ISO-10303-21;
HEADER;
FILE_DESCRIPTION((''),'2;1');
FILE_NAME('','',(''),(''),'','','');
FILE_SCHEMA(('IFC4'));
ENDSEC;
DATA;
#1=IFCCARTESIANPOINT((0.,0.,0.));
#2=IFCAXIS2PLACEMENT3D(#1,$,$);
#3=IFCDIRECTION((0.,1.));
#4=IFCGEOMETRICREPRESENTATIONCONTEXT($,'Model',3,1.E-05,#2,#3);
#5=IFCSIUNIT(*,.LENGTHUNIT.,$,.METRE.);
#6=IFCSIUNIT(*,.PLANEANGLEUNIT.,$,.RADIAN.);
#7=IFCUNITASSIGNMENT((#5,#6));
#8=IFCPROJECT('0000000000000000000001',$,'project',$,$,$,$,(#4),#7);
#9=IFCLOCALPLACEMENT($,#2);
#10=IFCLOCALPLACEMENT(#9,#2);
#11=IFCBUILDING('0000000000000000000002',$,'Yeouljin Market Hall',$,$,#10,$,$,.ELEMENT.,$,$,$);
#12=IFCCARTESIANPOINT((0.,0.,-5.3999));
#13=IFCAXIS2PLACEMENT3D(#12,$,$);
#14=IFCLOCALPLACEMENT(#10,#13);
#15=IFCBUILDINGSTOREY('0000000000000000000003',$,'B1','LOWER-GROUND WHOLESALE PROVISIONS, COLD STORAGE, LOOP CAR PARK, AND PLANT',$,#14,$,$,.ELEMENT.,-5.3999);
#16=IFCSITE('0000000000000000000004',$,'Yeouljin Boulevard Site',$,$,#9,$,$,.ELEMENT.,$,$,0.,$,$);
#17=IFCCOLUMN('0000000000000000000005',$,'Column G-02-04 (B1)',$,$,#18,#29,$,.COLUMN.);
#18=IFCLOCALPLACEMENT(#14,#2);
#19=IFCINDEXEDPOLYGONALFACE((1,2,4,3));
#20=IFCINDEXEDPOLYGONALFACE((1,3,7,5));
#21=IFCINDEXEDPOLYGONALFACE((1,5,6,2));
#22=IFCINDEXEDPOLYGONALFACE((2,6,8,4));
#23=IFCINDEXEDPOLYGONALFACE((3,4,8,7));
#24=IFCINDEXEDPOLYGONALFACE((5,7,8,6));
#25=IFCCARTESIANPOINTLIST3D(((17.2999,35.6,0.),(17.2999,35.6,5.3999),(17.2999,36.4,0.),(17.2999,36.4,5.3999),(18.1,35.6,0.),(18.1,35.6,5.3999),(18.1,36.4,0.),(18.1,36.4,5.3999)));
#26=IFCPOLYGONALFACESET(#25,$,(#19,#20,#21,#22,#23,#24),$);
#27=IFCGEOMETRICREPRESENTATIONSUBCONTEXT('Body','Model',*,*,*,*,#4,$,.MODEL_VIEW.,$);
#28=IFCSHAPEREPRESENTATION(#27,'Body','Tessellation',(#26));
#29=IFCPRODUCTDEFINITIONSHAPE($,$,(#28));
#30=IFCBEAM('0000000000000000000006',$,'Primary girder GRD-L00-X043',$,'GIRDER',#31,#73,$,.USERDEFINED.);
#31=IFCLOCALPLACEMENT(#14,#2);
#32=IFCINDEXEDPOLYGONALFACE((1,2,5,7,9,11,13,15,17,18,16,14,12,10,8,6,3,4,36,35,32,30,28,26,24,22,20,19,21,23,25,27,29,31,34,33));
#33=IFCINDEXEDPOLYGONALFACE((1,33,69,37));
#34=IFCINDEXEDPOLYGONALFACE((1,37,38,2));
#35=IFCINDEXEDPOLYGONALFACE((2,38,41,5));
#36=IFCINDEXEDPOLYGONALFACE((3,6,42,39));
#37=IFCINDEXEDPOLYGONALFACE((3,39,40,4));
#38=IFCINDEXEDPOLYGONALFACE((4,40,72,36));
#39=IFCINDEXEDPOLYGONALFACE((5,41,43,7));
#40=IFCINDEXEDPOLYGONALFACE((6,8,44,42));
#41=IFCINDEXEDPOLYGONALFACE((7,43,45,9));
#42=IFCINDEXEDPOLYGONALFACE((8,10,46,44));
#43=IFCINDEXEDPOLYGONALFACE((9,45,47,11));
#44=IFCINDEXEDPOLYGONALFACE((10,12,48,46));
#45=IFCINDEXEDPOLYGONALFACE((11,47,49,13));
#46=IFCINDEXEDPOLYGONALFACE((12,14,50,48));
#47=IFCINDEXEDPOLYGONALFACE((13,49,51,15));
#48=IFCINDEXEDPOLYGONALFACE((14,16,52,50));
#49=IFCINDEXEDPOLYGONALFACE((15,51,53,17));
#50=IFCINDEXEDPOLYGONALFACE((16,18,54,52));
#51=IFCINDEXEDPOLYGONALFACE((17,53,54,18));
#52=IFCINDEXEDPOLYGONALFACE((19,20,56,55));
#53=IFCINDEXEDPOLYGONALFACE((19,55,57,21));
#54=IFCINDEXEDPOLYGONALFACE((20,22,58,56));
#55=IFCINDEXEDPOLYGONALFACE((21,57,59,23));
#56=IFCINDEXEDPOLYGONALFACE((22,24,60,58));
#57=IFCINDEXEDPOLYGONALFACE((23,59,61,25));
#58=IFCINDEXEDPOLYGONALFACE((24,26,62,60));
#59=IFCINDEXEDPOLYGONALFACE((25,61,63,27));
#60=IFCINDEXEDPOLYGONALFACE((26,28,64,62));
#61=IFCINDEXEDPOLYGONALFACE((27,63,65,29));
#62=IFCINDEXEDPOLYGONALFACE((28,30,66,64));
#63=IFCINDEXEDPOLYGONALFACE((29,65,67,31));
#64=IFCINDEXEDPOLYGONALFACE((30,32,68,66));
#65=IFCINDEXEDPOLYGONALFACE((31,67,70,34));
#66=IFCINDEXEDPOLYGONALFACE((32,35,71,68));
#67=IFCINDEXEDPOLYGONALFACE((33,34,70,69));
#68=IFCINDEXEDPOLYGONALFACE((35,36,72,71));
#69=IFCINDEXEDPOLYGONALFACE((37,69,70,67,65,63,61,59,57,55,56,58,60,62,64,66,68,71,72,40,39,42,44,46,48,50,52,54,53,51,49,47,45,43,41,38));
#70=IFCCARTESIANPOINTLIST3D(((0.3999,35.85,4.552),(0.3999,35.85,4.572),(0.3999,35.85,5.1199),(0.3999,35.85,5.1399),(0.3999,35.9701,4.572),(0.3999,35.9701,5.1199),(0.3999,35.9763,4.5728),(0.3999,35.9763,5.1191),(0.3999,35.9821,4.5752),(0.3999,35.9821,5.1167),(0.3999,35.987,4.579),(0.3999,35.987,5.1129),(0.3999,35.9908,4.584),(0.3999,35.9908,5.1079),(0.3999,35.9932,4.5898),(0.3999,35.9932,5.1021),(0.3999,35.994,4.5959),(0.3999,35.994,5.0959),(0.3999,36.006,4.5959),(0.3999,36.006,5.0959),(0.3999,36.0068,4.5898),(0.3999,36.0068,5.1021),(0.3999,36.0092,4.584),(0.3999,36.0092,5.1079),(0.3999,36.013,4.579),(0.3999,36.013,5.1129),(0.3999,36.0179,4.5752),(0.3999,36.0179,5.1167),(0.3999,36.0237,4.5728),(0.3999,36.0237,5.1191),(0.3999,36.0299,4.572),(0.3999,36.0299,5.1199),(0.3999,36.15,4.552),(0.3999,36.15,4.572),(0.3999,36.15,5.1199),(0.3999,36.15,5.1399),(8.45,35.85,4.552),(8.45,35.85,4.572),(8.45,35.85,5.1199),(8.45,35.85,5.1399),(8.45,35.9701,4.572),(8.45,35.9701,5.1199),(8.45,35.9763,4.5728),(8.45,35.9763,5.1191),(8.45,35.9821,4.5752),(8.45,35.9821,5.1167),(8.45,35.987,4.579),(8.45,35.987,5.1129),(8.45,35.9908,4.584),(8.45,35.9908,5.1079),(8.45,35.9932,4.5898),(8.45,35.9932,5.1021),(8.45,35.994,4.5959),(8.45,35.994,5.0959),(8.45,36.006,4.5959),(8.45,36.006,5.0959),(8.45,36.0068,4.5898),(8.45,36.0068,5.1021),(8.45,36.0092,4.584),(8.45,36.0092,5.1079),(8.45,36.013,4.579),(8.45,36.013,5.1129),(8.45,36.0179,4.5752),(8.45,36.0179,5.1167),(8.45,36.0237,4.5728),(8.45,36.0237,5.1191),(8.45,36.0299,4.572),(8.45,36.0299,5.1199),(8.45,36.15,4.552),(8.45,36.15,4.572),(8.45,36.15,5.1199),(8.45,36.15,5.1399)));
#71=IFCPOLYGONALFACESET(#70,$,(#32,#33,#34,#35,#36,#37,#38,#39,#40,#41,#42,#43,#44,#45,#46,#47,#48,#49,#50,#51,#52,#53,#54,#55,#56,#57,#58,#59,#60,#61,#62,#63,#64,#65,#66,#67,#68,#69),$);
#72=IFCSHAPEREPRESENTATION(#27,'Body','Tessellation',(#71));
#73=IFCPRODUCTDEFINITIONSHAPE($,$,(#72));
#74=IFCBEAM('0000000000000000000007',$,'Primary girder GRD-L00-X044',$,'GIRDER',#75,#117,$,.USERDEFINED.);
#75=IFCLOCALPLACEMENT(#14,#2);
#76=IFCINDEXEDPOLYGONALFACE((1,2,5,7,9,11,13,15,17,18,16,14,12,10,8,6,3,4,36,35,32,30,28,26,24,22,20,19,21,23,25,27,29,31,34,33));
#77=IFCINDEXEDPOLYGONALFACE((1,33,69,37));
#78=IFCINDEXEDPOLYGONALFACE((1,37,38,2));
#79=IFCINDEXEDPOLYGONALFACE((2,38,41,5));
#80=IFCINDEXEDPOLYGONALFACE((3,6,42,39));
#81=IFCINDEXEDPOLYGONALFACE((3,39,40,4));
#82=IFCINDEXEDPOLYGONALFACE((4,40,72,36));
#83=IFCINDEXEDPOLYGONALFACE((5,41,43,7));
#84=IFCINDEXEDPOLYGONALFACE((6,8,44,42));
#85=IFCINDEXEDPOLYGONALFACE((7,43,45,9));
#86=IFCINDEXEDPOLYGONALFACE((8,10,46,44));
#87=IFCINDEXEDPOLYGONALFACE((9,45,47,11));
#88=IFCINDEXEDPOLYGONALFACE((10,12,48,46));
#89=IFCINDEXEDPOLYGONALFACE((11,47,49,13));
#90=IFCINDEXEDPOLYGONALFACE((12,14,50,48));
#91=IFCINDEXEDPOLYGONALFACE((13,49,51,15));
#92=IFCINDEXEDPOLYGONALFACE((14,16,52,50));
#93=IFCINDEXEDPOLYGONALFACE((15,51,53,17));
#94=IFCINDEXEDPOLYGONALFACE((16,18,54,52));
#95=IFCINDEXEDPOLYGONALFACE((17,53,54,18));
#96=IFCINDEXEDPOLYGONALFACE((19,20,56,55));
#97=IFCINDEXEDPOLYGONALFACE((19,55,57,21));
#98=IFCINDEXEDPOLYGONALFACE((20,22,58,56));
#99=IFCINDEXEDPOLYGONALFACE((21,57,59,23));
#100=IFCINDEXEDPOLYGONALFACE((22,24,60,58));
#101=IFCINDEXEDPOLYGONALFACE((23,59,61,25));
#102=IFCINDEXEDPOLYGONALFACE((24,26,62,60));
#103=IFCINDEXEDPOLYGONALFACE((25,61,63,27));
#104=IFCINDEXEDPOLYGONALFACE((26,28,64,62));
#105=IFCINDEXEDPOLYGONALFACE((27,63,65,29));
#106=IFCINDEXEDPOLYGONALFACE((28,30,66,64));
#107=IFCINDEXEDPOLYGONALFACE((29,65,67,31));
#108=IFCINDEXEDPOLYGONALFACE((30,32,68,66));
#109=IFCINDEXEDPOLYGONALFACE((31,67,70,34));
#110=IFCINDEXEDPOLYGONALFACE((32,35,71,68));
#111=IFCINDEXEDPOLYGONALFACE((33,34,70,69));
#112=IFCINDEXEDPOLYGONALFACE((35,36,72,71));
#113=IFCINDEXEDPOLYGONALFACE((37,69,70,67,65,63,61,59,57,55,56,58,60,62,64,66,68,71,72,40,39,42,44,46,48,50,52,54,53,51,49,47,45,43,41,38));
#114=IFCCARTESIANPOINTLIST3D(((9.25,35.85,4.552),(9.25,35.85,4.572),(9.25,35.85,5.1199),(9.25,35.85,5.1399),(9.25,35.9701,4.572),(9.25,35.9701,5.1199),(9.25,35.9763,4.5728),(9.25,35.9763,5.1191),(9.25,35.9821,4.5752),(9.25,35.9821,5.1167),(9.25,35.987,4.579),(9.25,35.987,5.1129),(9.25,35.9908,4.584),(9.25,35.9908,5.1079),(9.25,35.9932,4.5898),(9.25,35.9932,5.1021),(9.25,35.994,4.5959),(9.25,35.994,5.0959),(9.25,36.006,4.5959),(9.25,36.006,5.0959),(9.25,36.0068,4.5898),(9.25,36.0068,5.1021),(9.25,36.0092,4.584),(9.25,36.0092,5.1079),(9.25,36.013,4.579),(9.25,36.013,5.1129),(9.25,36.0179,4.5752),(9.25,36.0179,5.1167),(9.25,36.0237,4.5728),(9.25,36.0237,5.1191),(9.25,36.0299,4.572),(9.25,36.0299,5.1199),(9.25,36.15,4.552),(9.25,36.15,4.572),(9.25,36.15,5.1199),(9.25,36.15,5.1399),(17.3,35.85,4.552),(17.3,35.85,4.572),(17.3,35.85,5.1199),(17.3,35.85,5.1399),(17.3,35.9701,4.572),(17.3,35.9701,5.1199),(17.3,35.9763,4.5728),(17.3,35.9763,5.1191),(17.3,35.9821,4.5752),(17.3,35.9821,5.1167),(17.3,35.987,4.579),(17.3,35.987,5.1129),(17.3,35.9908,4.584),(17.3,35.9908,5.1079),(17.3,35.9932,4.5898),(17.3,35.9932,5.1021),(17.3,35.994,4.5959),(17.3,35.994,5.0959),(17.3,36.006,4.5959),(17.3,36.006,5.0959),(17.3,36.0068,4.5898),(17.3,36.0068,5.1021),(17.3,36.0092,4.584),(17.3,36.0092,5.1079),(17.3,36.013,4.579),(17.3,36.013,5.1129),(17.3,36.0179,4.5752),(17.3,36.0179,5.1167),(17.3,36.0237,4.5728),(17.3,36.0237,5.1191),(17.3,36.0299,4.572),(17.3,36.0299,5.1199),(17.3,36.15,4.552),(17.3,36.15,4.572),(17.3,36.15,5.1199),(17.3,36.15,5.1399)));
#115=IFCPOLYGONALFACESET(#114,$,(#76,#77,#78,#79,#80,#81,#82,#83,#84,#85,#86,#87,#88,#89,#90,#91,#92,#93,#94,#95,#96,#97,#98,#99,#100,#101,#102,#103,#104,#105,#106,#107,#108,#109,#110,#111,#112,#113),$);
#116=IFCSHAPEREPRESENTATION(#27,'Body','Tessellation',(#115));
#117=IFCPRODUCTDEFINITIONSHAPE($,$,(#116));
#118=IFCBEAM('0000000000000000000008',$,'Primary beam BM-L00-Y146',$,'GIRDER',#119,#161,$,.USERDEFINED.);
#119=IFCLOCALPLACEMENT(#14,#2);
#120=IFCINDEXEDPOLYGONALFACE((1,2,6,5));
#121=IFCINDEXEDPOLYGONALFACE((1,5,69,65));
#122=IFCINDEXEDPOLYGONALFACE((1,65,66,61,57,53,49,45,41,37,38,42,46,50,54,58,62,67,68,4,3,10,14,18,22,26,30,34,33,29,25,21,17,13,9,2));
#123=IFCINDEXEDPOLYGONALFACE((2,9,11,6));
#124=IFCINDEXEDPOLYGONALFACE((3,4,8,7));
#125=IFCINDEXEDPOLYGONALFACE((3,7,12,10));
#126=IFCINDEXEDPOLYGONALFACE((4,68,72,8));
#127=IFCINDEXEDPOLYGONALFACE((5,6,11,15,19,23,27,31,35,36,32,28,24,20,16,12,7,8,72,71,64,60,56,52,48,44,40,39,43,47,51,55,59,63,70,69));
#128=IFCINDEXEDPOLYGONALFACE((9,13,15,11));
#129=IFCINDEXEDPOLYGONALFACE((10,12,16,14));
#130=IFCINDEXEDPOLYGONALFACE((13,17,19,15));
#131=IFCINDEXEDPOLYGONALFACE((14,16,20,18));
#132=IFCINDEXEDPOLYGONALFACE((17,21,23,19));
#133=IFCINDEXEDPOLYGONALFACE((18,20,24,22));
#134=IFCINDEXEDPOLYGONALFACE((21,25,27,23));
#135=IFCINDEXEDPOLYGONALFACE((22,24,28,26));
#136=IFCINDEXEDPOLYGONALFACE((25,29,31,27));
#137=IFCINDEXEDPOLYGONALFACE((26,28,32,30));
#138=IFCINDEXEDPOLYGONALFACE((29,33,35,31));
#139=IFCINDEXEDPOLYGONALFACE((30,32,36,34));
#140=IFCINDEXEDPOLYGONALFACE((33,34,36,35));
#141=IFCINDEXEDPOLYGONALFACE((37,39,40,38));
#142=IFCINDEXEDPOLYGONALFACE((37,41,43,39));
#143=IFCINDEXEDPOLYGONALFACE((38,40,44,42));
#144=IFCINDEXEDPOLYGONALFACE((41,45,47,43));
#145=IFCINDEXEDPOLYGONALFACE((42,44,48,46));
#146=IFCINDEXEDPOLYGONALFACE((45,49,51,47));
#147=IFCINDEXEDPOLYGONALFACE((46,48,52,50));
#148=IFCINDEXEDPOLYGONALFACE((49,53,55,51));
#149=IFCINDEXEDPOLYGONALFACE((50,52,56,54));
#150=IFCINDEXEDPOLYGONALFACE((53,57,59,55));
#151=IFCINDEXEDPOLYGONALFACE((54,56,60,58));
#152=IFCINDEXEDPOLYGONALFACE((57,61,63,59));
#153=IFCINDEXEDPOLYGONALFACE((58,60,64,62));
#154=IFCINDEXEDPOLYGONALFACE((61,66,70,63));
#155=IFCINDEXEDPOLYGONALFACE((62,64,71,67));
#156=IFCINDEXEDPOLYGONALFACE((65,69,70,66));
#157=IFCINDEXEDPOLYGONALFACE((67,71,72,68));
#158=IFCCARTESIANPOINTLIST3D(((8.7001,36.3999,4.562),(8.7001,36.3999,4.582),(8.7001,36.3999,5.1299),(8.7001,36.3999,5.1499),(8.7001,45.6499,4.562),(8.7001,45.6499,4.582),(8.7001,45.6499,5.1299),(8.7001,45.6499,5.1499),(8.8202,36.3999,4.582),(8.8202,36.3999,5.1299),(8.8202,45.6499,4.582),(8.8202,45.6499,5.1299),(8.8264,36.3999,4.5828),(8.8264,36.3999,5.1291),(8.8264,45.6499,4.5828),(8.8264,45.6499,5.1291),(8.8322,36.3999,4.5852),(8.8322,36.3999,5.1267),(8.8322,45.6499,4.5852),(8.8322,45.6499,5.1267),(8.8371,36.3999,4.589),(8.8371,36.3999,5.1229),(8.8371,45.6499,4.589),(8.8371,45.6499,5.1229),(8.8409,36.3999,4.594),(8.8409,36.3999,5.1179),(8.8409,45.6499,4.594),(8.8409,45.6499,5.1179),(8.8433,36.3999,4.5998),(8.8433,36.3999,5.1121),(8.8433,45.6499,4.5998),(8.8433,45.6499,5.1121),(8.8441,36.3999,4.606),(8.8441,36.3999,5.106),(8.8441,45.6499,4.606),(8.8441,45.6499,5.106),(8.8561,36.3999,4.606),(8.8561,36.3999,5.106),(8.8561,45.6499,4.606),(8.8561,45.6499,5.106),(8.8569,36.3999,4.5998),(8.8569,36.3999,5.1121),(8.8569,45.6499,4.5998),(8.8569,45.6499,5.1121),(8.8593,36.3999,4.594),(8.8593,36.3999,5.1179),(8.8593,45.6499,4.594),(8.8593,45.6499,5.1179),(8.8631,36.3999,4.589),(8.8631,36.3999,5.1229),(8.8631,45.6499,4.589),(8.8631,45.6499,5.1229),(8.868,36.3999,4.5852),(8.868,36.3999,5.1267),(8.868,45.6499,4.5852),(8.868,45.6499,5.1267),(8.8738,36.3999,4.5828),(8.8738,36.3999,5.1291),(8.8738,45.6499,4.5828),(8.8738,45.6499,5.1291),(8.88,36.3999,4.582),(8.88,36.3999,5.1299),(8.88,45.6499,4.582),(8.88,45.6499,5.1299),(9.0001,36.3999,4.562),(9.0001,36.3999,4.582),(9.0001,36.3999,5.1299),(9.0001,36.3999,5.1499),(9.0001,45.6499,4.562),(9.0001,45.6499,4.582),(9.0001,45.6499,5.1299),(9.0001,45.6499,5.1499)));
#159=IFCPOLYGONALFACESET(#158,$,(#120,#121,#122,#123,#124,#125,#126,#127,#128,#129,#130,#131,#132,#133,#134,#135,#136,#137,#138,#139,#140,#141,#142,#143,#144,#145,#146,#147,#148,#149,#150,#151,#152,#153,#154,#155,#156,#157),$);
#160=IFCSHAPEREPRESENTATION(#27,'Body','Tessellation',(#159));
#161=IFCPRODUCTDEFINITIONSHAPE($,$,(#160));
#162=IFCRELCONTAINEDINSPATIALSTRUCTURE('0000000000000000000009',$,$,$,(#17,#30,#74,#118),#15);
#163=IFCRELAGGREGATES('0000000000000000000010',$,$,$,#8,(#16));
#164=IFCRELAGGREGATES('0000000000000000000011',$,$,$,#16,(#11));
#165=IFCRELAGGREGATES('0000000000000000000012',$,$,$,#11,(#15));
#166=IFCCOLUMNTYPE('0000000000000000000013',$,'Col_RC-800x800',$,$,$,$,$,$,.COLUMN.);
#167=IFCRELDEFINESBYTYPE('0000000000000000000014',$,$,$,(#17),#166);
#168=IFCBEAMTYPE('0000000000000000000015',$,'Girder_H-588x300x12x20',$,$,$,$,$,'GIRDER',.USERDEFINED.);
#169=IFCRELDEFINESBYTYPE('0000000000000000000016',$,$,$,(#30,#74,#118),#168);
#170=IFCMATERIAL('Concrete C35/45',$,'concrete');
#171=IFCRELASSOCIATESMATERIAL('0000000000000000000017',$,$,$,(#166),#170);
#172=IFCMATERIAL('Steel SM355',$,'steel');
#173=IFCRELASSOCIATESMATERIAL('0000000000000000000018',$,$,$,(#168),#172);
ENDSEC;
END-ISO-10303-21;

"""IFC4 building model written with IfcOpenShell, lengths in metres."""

from ifc_helpers import new_model, si_unit, direction, frame, origin, origin_2d, place, context, subcontext, project, spatial, rectangle, i_section, extrude, material, material_profile, profile_set, type_object, element, save


model = new_model("IFC4")

# Units and contexts
model_context = context("Model", 3, precision=1e-05, world=origin(), true_north=direction((0.0, 1.0)))
body_context = subcontext(model_context, "Body", "Model", "MODEL_VIEW")
ifc_project = project(units=[si_unit("LENGTHUNIT", "METRE"), si_unit("PLANEANGLEUNIT", "RADIAN")], contexts=[model_context])

# Site, building, storey
site_placement = place(None, origin())
site = spatial("IfcSite", under=ifc_project, at=site_placement, Name="Yeouljin Boulevard Site", CompositionType="ELEMENT", RefElevation=0.0)
building_placement = place(site_placement, origin())
building = spatial("IfcBuilding", under=site, at=building_placement, Name="Yeouljin Market Hall", CompositionType="ELEMENT")
storey_placement = place(building_placement, frame((0.0, 0.0, -5.3999)))
storey = spatial("IfcBuildingStorey", under=building, at=storey_placement, Name="B1", Description="LOWER-GROUND WHOLESALE PROVISIONS, COLD STORAGE, LOOP CAR PARK, AND PLANT", CompositionType="ELEMENT", Elevation=-5.3999)

# Column
ifc_material_1 = material(Name="Concrete C35/45", Category="concrete")
ifc_material_profile_1 = material_profile(ifc_material_1, rectangle(XDim=0.8, YDim=0.8, at=origin_2d()), Name="RC-800x800")
ifc_profile_set_1 = profile_set([ifc_material_profile_1], Name="Concrete C35/45")
column_type_1 = type_object("IfcColumnType", Name="Col_RC-800x800", PredefinedType="COLUMN", material=ifc_profile_set_1)
for number, where, z_axis, x_axis, name in (
    (1, (17.7, 36.0, 0.0), (0.0, 0.0, 1.0), (1.0, 0.0, 0.0), "Column G-02-04 (B1)"),
):
    element("IfcColumn", number, at=place(storey_placement, frame(where, z_axis=z_axis, x_axis=x_axis)), inside=storey, type_object=column_type_1, Name=name, PredefinedType="COLUMN", context=body_context, shape_type="SweptSolid", body=[
        extrude(rectangle(XDim=0.8, YDim=0.8, at=origin_2d()), origin(), (0.0, 0.0, 1.0), 5.3999),
    ])

# Beams
ifc_material_2 = material(Name="Steel SM355", Category="steel")
ifc_material_profile_2 = material_profile(ifc_material_2, i_section(OverallWidth=0.3, OverallDepth=0.5879, WebThickness=0.012, FlangeThickness=0.02, FilletRadius=0.0239, at=origin_2d()), Name="H-588x300x12x20")
ifc_profile_set_2 = profile_set([ifc_material_profile_2], Name="Steel SM355")
beam_type_1 = type_object("IfcBeamType", Name="Girder_H-588x300x12x20", ElementType="GIRDER", PredefinedType="USERDEFINED", material=ifc_profile_set_2)
for number, where, z_axis, x_axis, name in (
    (2, (0.3999, 36.0, 4.8459), (1.0, 0.0, 0.0), (0.0, 1.0, 0.0), "Primary girder GRD-L00-X043"),
    (3, (9.25, 36.0, 4.8459), (1.0, 0.0, 0.0), (0.0, 1.0, 0.0), "Primary girder GRD-L00-X044"),
):
    element("IfcBeam", number, at=place(storey_placement, frame(where, z_axis=z_axis, x_axis=x_axis)), inside=storey, type_object=beam_type_1, Name=name, ObjectType="GIRDER", PredefinedType="USERDEFINED", context=body_context, shape_type="SweptSolid", body=[
        extrude(i_section(OverallWidth=0.3, OverallDepth=0.5879, WebThickness=0.012, FlangeThickness=0.02, FilletRadius=0.0239, at=origin_2d()), origin(), (0.0, 0.0, 1.0), 8.05),
    ])
beam_1_placement = place(storey_placement, frame((8.8501, 36.3999, 4.856), z_axis=(0.0, 1.0, 0.0), x_axis=(-1.0, 0.0, 0.0)))
element("IfcBeam", 4, at=beam_1_placement, inside=storey, type_object=beam_type_1, Name="Primary beam BM-L00-Y146", ObjectType="GIRDER", PredefinedType="USERDEFINED", context=body_context, shape_type="SweptSolid", body=[
    extrude(i_section(OverallWidth=0.3, OverallDepth=0.5879, WebThickness=0.012, FlangeThickness=0.02, FilletRadius=0.0239, at=origin_2d()), origin(), (0.0, 0.0, 1.0), 9.25),
])

save(model, "model.ifc")
